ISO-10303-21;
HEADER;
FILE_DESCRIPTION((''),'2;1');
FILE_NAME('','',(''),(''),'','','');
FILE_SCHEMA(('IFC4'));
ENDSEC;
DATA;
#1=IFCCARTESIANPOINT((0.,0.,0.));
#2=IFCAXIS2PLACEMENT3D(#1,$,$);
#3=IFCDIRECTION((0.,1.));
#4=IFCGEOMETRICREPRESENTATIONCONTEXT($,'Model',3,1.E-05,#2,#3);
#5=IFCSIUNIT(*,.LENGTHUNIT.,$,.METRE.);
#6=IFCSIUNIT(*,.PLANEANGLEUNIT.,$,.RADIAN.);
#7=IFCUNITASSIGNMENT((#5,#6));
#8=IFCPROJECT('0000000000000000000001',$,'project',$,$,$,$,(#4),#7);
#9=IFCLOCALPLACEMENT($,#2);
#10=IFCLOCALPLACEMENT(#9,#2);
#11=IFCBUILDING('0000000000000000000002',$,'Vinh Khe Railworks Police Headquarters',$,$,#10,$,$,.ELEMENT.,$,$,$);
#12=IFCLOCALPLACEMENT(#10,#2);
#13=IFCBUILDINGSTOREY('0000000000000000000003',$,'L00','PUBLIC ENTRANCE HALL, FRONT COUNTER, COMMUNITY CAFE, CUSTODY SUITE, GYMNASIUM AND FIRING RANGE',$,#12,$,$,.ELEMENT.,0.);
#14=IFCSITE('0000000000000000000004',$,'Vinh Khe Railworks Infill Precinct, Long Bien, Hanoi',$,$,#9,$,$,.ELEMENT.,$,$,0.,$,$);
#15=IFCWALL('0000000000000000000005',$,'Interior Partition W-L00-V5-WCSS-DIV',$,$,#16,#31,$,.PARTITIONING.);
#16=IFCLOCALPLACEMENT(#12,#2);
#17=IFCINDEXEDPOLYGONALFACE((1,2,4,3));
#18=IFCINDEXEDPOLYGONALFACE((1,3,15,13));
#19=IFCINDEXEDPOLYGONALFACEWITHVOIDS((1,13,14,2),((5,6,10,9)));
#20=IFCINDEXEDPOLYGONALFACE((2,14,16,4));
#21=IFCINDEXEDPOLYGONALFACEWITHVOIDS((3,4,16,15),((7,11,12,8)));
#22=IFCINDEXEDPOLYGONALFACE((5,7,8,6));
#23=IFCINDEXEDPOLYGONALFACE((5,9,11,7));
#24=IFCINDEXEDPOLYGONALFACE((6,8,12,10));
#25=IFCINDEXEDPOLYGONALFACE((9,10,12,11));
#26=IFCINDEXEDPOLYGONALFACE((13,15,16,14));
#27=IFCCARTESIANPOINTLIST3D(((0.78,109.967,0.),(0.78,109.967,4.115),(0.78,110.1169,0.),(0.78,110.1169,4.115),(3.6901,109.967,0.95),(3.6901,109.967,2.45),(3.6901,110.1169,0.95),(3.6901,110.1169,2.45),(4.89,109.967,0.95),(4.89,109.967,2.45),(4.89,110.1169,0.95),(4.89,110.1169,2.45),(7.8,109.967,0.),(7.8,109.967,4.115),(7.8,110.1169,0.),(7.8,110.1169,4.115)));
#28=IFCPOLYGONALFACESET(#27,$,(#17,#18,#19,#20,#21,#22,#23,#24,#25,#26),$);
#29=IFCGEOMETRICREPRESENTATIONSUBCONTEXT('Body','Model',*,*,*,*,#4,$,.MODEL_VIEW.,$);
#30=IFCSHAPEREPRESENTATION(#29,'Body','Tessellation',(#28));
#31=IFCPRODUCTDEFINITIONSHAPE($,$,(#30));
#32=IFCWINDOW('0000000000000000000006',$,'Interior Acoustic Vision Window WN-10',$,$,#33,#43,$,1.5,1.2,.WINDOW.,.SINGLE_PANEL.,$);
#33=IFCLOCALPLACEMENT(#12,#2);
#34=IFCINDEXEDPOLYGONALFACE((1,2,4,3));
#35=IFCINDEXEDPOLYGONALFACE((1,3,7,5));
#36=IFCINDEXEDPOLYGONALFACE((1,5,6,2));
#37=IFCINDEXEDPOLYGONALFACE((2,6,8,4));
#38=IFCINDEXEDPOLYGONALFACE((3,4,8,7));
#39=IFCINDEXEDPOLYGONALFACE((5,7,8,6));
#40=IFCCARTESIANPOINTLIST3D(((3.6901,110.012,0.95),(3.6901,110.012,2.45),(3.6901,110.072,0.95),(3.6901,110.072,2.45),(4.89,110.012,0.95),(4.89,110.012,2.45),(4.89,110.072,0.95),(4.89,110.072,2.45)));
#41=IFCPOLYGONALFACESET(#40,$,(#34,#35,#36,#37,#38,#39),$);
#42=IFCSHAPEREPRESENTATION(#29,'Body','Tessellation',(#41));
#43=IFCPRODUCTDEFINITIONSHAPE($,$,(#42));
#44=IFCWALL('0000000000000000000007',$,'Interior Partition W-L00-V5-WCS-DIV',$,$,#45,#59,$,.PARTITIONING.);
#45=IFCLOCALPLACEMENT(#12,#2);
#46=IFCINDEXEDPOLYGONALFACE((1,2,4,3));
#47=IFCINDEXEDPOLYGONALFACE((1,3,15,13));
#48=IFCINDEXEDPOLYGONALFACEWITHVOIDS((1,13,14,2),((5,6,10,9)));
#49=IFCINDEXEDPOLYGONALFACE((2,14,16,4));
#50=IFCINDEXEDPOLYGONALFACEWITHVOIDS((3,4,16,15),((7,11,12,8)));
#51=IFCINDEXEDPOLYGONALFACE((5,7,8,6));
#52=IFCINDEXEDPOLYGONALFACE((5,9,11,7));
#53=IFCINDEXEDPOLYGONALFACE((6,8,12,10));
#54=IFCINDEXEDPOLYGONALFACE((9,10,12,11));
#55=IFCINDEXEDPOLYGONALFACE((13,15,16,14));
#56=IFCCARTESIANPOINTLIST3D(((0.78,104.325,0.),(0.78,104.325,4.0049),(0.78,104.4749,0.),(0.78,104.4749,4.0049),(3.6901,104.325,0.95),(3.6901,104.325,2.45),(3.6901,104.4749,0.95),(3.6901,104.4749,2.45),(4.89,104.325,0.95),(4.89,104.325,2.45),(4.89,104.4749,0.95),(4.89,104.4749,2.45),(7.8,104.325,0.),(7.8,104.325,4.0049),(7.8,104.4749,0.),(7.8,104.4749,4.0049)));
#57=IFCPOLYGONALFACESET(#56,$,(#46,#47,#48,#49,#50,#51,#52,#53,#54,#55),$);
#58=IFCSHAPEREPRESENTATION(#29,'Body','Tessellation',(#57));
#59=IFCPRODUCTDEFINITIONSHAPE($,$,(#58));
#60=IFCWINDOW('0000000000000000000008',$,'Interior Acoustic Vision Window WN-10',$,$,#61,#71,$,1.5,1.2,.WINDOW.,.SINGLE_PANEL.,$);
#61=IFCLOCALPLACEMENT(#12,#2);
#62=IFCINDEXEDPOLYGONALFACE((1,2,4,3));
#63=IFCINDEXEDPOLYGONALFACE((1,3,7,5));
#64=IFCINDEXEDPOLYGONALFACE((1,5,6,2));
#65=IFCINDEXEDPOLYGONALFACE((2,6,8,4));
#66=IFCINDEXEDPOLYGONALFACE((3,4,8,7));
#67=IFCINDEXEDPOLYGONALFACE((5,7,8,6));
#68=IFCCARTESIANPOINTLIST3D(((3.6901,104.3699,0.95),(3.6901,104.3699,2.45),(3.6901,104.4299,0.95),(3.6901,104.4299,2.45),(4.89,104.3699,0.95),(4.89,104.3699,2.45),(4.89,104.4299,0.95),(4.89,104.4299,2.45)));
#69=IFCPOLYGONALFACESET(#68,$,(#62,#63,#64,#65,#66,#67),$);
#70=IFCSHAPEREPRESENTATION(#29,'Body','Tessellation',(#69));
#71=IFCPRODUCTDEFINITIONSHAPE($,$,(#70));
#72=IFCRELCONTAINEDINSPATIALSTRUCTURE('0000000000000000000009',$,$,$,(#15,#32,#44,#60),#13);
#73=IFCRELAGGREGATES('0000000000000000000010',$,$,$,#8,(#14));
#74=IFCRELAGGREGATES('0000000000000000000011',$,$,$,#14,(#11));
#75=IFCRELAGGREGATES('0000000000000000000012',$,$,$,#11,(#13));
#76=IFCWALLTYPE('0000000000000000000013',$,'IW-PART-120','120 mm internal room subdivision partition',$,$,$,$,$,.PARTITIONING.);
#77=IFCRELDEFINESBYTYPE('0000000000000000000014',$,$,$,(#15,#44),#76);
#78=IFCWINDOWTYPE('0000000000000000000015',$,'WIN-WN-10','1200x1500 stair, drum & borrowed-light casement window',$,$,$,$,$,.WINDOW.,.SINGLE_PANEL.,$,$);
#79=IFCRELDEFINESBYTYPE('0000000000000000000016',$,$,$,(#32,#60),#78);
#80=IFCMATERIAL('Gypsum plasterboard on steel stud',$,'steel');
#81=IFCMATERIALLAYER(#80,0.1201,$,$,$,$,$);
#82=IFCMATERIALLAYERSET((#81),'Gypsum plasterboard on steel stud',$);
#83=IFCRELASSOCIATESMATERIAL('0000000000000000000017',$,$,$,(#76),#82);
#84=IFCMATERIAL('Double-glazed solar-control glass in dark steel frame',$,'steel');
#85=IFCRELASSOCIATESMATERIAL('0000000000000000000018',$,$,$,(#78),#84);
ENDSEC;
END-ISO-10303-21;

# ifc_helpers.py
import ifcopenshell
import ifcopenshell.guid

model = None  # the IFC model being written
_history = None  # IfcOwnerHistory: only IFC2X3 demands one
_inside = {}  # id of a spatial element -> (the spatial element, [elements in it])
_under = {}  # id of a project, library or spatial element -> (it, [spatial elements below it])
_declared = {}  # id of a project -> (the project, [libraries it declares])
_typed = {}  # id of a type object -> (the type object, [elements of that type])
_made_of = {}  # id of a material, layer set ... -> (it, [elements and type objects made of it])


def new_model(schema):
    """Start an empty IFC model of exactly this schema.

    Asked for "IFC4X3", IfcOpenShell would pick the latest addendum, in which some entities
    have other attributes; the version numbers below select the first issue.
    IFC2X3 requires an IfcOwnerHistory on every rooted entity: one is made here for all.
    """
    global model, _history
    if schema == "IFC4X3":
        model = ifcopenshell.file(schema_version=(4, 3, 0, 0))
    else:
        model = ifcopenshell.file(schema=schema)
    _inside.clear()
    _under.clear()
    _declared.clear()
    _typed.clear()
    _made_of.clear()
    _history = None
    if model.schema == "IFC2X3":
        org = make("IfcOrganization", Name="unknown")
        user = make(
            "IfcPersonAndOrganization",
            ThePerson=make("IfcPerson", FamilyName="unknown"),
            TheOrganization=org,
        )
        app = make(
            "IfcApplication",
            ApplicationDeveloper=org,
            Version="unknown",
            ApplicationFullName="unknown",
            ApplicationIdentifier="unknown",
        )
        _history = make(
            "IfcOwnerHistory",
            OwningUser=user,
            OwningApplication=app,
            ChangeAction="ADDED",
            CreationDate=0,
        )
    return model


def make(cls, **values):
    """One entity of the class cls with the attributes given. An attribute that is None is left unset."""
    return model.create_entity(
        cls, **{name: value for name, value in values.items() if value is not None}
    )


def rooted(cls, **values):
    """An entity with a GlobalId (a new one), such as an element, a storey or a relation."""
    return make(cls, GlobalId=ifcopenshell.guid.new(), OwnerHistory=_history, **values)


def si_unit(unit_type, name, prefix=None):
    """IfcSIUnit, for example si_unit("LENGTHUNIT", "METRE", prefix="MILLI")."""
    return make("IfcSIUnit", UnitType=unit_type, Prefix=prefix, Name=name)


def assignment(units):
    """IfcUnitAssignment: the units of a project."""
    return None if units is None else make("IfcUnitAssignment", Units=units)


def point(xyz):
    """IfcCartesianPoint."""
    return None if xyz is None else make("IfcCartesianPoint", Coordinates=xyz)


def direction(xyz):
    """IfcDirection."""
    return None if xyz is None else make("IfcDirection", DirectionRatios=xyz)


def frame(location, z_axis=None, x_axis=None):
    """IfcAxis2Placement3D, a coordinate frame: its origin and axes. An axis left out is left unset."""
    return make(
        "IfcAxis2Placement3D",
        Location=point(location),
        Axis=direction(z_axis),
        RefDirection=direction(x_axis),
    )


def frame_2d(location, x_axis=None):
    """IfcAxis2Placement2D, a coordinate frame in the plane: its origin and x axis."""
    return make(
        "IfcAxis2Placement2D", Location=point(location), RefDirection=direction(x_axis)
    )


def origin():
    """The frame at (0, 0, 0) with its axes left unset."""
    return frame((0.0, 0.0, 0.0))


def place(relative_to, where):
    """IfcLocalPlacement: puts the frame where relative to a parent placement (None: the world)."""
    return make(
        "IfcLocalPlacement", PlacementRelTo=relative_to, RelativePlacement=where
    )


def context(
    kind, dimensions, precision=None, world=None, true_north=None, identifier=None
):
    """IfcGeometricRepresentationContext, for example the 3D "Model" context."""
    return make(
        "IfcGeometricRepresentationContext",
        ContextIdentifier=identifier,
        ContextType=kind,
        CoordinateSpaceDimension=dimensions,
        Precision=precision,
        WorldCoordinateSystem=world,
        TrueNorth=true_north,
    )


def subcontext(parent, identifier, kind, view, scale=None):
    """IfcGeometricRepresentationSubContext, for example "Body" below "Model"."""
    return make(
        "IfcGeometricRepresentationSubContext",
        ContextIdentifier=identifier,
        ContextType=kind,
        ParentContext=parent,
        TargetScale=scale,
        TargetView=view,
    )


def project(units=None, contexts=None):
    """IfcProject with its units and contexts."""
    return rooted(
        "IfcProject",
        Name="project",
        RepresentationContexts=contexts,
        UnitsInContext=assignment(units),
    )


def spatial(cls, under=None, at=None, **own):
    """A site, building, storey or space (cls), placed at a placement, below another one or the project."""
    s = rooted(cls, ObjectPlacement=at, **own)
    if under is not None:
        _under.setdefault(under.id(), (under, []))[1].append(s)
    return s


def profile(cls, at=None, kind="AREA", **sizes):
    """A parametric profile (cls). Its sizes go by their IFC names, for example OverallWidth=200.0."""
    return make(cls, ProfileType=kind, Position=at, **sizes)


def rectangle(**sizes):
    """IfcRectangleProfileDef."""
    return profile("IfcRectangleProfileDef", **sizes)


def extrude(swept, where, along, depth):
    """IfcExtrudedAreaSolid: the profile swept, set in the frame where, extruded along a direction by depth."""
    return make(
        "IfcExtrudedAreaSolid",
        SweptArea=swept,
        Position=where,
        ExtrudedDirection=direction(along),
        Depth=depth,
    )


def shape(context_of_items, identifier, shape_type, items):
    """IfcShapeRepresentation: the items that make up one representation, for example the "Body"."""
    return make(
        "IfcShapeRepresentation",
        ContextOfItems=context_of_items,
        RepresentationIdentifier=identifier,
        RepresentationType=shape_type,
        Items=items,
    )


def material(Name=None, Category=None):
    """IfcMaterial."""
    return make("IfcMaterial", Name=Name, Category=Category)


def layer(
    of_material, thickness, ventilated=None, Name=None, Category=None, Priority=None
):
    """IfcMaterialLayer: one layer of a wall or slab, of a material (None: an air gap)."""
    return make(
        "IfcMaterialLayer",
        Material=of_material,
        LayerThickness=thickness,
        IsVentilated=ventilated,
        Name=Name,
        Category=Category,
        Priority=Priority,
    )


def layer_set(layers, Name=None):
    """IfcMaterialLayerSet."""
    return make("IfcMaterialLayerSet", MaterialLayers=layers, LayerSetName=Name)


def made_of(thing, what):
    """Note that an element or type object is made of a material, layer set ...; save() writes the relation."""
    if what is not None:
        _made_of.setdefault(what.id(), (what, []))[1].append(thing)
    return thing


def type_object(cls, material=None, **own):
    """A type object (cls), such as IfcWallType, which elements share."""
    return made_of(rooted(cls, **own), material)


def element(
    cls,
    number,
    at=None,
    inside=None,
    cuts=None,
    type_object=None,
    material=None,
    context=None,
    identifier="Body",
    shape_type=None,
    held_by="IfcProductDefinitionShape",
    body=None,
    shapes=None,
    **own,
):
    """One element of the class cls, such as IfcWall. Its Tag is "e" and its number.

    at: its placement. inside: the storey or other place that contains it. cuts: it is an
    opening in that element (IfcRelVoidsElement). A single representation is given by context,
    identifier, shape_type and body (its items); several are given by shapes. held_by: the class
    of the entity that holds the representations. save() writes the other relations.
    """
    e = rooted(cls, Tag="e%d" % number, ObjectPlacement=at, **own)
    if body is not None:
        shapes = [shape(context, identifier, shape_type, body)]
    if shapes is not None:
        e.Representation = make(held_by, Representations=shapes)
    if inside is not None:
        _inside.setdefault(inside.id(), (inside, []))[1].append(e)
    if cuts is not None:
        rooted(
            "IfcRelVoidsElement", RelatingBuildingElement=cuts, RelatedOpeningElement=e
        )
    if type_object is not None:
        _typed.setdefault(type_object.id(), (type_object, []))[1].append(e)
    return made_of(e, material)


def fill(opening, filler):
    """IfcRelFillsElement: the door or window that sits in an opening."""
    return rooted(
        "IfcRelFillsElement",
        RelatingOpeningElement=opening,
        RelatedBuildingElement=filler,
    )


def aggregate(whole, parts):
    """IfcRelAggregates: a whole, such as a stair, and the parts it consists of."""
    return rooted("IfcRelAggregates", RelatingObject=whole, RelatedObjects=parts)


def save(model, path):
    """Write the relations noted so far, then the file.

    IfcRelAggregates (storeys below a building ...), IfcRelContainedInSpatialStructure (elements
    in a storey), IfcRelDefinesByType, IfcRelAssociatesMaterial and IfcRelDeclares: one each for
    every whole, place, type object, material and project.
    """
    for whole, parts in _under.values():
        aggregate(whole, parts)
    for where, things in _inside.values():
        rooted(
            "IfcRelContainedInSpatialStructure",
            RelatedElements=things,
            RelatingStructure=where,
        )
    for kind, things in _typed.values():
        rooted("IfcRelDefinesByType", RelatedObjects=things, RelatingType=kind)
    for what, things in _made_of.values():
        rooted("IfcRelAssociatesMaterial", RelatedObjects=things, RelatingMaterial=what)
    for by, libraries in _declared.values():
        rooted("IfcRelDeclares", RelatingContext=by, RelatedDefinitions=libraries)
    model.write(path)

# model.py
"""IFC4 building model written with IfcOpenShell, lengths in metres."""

from ifc_helpers import new_model, si_unit, direction, frame, frame_2d, origin, place, context, subcontext, project, spatial, rectangle, extrude, material, layer, layer_set, type_object, element, fill, save


model = new_model("IFC4")

# Units and contexts
model_context = context("Model", 3, precision=1e-05, world=origin(), true_north=direction((0.0, 1.0)))
body_context = subcontext(model_context, "Body", "Model", "MODEL_VIEW")
ifc_project = project(units=[si_unit("LENGTHUNIT", "METRE"), si_unit("PLANEANGLEUNIT", "RADIAN")], contexts=[model_context])

# Site, building, storey
site_placement = place(None, origin())
site = spatial("IfcSite", under=ifc_project, at=site_placement, Name="Vinh Khe Railworks Infill Precinct, Long Bien, Hanoi", CompositionType="ELEMENT", RefElevation=0.0)
building_placement = place(site_placement, origin())
building = spatial("IfcBuilding", under=site, at=building_placement, Name="Vinh Khe Railworks Police Headquarters", CompositionType="ELEMENT")
storey_placement = place(building_placement, origin())
storey = spatial("IfcBuildingStorey", under=building, at=storey_placement, Name="L00", Description="PUBLIC ENTRANCE HALL, FRONT COUNTER, COMMUNITY CAFE, CUSTODY SUITE, GYMNASIUM AND FIRING RANGE", CompositionType="ELEMENT", Elevation=0.0)

# Shared definitions
ifc_material_1 = material(Name="Double-glazed solar-control glass in dark steel frame", Category="steel")

# Walls, openings, windows
ifc_material_2 = material(Name="Gypsum plasterboard on steel stud", Category="steel")
ifc_layer_1 = layer(ifc_material_2, 0.1201)
ifc_layer_set_1 = layer_set([ifc_layer_1], Name="Gypsum plasterboard on steel stud")
wall_type_1 = type_object("IfcWallType", Name="IW-PART-120", Description="120 mm internal room subdivision partition", PredefinedType="PARTITIONING", material=ifc_layer_set_1)
wall_1_placement = place(storey_placement, frame((0.78, 110.042, 0.0), z_axis=(0.0, 0.0, 1.0), x_axis=(1.0, 0.0, 0.0)))
wall_1 = element("IfcWall", 1, at=wall_1_placement, inside=storey, type_object=wall_type_1, Name="Interior Partition W-L00-V5-WCSS-DIV", PredefinedType="PARTITIONING", context=body_context, shape_type="SweptSolid", body=[
    extrude(rectangle(XDim=7.02, YDim=0.1499, at=frame_2d((3.51, 0.0))), origin(), (0.0, 0.0, 1.0), 4.115),
])
opening_1_placement = place(wall_1_placement, frame((2.9099, 0.0, 0.95)))
opening_1 = element("IfcOpeningElement", 2, at=opening_1_placement, cuts=wall_1, PredefinedType="OPENING", context=body_context, shape_type="SweptSolid", body=[
    extrude(rectangle(XDim=1.2, YDim=1.5, at=frame_2d((0.6001, 0.75))), frame((0.0, 0.0898, 0.0), z_axis=(0.0, -1.0, 0.0), x_axis=(1.0, 0.0, 0.0)), (0.0, 0.0, 1.0), 0.1797),
])
window_type_1 = type_object("IfcWindowType", Name="WIN-WN-10", Description="1200x1500 stair, drum & borrowed-light casement window", PartitioningType="SINGLE_PANEL", PredefinedType="WINDOW", material=ifc_material_1)
window_1_placement = place(opening_1_placement, origin())
window_1 = element("IfcWindow", 3, at=window_1_placement, inside=storey, type_object=window_type_1, Name="Interior Acoustic Vision Window WN-10", OverallHeight=1.5, OverallWidth=1.2, PartitioningType="SINGLE_PANEL", PredefinedType="WINDOW", context=body_context, shape_type="SweptSolid", body=[
    extrude(rectangle(XDim=1.2, YDim=1.5, at=frame_2d((0.6001, 0.75))), frame((0.0, 0.03, 0.0), z_axis=(0.0, -1.0, 0.0), x_axis=(1.0, 0.0, 0.0)), (0.0, 0.0, 1.0), 0.0601),
])
fill(opening_1, window_1)
wall_2_placement = place(storey_placement, frame((0.78, 104.3999, 0.0), z_axis=(0.0, 0.0, 1.0), x_axis=(1.0, 0.0, 0.0)))
wall_2 = element("IfcWall", 4, at=wall_2_placement, inside=storey, type_object=wall_type_1, Name="Interior Partition W-L00-V5-WCS-DIV", PredefinedType="PARTITIONING", context=body_context, shape_type="SweptSolid", body=[
    extrude(rectangle(XDim=7.02, YDim=0.1499, at=frame_2d((3.51, 0.0))), origin(), (0.0, 0.0, 1.0), 4.0049),
])
opening_2_placement = place(wall_2_placement, frame((2.9099, 0.0, 0.95)))
opening_2 = element("IfcOpeningElement", 5, at=opening_2_placement, cuts=wall_2, PredefinedType="OPENING", context=body_context, shape_type="SweptSolid", body=[
    extrude(rectangle(XDim=1.2, YDim=1.5, at=frame_2d((0.6001, 0.75))), frame((0.0, 0.0898, 0.0), z_axis=(0.0, -1.0, 0.0), x_axis=(1.0, 0.0, 0.0)), (0.0, 0.0, 1.0), 0.1797),
])
window_2_placement = place(opening_2_placement, origin())
window_2 = element("IfcWindow", 6, at=window_2_placement, inside=storey, type_object=window_type_1, Name="Interior Acoustic Vision Window WN-10", OverallHeight=1.5, OverallWidth=1.2, PartitioningType="SINGLE_PANEL", PredefinedType="WINDOW", context=body_context, shape_type="SweptSolid", body=[
    extrude(rectangle(XDim=1.2, YDim=1.5, at=frame_2d((0.6001, 0.75))), frame((0.0, 0.03, 0.0), z_axis=(0.0, -1.0, 0.0), x_axis=(1.0, 0.0, 0.0)), (0.0, 0.0, 1.0), 0.0601),
])
fill(opening_2, window_2)

save(model, "model.ifc")
